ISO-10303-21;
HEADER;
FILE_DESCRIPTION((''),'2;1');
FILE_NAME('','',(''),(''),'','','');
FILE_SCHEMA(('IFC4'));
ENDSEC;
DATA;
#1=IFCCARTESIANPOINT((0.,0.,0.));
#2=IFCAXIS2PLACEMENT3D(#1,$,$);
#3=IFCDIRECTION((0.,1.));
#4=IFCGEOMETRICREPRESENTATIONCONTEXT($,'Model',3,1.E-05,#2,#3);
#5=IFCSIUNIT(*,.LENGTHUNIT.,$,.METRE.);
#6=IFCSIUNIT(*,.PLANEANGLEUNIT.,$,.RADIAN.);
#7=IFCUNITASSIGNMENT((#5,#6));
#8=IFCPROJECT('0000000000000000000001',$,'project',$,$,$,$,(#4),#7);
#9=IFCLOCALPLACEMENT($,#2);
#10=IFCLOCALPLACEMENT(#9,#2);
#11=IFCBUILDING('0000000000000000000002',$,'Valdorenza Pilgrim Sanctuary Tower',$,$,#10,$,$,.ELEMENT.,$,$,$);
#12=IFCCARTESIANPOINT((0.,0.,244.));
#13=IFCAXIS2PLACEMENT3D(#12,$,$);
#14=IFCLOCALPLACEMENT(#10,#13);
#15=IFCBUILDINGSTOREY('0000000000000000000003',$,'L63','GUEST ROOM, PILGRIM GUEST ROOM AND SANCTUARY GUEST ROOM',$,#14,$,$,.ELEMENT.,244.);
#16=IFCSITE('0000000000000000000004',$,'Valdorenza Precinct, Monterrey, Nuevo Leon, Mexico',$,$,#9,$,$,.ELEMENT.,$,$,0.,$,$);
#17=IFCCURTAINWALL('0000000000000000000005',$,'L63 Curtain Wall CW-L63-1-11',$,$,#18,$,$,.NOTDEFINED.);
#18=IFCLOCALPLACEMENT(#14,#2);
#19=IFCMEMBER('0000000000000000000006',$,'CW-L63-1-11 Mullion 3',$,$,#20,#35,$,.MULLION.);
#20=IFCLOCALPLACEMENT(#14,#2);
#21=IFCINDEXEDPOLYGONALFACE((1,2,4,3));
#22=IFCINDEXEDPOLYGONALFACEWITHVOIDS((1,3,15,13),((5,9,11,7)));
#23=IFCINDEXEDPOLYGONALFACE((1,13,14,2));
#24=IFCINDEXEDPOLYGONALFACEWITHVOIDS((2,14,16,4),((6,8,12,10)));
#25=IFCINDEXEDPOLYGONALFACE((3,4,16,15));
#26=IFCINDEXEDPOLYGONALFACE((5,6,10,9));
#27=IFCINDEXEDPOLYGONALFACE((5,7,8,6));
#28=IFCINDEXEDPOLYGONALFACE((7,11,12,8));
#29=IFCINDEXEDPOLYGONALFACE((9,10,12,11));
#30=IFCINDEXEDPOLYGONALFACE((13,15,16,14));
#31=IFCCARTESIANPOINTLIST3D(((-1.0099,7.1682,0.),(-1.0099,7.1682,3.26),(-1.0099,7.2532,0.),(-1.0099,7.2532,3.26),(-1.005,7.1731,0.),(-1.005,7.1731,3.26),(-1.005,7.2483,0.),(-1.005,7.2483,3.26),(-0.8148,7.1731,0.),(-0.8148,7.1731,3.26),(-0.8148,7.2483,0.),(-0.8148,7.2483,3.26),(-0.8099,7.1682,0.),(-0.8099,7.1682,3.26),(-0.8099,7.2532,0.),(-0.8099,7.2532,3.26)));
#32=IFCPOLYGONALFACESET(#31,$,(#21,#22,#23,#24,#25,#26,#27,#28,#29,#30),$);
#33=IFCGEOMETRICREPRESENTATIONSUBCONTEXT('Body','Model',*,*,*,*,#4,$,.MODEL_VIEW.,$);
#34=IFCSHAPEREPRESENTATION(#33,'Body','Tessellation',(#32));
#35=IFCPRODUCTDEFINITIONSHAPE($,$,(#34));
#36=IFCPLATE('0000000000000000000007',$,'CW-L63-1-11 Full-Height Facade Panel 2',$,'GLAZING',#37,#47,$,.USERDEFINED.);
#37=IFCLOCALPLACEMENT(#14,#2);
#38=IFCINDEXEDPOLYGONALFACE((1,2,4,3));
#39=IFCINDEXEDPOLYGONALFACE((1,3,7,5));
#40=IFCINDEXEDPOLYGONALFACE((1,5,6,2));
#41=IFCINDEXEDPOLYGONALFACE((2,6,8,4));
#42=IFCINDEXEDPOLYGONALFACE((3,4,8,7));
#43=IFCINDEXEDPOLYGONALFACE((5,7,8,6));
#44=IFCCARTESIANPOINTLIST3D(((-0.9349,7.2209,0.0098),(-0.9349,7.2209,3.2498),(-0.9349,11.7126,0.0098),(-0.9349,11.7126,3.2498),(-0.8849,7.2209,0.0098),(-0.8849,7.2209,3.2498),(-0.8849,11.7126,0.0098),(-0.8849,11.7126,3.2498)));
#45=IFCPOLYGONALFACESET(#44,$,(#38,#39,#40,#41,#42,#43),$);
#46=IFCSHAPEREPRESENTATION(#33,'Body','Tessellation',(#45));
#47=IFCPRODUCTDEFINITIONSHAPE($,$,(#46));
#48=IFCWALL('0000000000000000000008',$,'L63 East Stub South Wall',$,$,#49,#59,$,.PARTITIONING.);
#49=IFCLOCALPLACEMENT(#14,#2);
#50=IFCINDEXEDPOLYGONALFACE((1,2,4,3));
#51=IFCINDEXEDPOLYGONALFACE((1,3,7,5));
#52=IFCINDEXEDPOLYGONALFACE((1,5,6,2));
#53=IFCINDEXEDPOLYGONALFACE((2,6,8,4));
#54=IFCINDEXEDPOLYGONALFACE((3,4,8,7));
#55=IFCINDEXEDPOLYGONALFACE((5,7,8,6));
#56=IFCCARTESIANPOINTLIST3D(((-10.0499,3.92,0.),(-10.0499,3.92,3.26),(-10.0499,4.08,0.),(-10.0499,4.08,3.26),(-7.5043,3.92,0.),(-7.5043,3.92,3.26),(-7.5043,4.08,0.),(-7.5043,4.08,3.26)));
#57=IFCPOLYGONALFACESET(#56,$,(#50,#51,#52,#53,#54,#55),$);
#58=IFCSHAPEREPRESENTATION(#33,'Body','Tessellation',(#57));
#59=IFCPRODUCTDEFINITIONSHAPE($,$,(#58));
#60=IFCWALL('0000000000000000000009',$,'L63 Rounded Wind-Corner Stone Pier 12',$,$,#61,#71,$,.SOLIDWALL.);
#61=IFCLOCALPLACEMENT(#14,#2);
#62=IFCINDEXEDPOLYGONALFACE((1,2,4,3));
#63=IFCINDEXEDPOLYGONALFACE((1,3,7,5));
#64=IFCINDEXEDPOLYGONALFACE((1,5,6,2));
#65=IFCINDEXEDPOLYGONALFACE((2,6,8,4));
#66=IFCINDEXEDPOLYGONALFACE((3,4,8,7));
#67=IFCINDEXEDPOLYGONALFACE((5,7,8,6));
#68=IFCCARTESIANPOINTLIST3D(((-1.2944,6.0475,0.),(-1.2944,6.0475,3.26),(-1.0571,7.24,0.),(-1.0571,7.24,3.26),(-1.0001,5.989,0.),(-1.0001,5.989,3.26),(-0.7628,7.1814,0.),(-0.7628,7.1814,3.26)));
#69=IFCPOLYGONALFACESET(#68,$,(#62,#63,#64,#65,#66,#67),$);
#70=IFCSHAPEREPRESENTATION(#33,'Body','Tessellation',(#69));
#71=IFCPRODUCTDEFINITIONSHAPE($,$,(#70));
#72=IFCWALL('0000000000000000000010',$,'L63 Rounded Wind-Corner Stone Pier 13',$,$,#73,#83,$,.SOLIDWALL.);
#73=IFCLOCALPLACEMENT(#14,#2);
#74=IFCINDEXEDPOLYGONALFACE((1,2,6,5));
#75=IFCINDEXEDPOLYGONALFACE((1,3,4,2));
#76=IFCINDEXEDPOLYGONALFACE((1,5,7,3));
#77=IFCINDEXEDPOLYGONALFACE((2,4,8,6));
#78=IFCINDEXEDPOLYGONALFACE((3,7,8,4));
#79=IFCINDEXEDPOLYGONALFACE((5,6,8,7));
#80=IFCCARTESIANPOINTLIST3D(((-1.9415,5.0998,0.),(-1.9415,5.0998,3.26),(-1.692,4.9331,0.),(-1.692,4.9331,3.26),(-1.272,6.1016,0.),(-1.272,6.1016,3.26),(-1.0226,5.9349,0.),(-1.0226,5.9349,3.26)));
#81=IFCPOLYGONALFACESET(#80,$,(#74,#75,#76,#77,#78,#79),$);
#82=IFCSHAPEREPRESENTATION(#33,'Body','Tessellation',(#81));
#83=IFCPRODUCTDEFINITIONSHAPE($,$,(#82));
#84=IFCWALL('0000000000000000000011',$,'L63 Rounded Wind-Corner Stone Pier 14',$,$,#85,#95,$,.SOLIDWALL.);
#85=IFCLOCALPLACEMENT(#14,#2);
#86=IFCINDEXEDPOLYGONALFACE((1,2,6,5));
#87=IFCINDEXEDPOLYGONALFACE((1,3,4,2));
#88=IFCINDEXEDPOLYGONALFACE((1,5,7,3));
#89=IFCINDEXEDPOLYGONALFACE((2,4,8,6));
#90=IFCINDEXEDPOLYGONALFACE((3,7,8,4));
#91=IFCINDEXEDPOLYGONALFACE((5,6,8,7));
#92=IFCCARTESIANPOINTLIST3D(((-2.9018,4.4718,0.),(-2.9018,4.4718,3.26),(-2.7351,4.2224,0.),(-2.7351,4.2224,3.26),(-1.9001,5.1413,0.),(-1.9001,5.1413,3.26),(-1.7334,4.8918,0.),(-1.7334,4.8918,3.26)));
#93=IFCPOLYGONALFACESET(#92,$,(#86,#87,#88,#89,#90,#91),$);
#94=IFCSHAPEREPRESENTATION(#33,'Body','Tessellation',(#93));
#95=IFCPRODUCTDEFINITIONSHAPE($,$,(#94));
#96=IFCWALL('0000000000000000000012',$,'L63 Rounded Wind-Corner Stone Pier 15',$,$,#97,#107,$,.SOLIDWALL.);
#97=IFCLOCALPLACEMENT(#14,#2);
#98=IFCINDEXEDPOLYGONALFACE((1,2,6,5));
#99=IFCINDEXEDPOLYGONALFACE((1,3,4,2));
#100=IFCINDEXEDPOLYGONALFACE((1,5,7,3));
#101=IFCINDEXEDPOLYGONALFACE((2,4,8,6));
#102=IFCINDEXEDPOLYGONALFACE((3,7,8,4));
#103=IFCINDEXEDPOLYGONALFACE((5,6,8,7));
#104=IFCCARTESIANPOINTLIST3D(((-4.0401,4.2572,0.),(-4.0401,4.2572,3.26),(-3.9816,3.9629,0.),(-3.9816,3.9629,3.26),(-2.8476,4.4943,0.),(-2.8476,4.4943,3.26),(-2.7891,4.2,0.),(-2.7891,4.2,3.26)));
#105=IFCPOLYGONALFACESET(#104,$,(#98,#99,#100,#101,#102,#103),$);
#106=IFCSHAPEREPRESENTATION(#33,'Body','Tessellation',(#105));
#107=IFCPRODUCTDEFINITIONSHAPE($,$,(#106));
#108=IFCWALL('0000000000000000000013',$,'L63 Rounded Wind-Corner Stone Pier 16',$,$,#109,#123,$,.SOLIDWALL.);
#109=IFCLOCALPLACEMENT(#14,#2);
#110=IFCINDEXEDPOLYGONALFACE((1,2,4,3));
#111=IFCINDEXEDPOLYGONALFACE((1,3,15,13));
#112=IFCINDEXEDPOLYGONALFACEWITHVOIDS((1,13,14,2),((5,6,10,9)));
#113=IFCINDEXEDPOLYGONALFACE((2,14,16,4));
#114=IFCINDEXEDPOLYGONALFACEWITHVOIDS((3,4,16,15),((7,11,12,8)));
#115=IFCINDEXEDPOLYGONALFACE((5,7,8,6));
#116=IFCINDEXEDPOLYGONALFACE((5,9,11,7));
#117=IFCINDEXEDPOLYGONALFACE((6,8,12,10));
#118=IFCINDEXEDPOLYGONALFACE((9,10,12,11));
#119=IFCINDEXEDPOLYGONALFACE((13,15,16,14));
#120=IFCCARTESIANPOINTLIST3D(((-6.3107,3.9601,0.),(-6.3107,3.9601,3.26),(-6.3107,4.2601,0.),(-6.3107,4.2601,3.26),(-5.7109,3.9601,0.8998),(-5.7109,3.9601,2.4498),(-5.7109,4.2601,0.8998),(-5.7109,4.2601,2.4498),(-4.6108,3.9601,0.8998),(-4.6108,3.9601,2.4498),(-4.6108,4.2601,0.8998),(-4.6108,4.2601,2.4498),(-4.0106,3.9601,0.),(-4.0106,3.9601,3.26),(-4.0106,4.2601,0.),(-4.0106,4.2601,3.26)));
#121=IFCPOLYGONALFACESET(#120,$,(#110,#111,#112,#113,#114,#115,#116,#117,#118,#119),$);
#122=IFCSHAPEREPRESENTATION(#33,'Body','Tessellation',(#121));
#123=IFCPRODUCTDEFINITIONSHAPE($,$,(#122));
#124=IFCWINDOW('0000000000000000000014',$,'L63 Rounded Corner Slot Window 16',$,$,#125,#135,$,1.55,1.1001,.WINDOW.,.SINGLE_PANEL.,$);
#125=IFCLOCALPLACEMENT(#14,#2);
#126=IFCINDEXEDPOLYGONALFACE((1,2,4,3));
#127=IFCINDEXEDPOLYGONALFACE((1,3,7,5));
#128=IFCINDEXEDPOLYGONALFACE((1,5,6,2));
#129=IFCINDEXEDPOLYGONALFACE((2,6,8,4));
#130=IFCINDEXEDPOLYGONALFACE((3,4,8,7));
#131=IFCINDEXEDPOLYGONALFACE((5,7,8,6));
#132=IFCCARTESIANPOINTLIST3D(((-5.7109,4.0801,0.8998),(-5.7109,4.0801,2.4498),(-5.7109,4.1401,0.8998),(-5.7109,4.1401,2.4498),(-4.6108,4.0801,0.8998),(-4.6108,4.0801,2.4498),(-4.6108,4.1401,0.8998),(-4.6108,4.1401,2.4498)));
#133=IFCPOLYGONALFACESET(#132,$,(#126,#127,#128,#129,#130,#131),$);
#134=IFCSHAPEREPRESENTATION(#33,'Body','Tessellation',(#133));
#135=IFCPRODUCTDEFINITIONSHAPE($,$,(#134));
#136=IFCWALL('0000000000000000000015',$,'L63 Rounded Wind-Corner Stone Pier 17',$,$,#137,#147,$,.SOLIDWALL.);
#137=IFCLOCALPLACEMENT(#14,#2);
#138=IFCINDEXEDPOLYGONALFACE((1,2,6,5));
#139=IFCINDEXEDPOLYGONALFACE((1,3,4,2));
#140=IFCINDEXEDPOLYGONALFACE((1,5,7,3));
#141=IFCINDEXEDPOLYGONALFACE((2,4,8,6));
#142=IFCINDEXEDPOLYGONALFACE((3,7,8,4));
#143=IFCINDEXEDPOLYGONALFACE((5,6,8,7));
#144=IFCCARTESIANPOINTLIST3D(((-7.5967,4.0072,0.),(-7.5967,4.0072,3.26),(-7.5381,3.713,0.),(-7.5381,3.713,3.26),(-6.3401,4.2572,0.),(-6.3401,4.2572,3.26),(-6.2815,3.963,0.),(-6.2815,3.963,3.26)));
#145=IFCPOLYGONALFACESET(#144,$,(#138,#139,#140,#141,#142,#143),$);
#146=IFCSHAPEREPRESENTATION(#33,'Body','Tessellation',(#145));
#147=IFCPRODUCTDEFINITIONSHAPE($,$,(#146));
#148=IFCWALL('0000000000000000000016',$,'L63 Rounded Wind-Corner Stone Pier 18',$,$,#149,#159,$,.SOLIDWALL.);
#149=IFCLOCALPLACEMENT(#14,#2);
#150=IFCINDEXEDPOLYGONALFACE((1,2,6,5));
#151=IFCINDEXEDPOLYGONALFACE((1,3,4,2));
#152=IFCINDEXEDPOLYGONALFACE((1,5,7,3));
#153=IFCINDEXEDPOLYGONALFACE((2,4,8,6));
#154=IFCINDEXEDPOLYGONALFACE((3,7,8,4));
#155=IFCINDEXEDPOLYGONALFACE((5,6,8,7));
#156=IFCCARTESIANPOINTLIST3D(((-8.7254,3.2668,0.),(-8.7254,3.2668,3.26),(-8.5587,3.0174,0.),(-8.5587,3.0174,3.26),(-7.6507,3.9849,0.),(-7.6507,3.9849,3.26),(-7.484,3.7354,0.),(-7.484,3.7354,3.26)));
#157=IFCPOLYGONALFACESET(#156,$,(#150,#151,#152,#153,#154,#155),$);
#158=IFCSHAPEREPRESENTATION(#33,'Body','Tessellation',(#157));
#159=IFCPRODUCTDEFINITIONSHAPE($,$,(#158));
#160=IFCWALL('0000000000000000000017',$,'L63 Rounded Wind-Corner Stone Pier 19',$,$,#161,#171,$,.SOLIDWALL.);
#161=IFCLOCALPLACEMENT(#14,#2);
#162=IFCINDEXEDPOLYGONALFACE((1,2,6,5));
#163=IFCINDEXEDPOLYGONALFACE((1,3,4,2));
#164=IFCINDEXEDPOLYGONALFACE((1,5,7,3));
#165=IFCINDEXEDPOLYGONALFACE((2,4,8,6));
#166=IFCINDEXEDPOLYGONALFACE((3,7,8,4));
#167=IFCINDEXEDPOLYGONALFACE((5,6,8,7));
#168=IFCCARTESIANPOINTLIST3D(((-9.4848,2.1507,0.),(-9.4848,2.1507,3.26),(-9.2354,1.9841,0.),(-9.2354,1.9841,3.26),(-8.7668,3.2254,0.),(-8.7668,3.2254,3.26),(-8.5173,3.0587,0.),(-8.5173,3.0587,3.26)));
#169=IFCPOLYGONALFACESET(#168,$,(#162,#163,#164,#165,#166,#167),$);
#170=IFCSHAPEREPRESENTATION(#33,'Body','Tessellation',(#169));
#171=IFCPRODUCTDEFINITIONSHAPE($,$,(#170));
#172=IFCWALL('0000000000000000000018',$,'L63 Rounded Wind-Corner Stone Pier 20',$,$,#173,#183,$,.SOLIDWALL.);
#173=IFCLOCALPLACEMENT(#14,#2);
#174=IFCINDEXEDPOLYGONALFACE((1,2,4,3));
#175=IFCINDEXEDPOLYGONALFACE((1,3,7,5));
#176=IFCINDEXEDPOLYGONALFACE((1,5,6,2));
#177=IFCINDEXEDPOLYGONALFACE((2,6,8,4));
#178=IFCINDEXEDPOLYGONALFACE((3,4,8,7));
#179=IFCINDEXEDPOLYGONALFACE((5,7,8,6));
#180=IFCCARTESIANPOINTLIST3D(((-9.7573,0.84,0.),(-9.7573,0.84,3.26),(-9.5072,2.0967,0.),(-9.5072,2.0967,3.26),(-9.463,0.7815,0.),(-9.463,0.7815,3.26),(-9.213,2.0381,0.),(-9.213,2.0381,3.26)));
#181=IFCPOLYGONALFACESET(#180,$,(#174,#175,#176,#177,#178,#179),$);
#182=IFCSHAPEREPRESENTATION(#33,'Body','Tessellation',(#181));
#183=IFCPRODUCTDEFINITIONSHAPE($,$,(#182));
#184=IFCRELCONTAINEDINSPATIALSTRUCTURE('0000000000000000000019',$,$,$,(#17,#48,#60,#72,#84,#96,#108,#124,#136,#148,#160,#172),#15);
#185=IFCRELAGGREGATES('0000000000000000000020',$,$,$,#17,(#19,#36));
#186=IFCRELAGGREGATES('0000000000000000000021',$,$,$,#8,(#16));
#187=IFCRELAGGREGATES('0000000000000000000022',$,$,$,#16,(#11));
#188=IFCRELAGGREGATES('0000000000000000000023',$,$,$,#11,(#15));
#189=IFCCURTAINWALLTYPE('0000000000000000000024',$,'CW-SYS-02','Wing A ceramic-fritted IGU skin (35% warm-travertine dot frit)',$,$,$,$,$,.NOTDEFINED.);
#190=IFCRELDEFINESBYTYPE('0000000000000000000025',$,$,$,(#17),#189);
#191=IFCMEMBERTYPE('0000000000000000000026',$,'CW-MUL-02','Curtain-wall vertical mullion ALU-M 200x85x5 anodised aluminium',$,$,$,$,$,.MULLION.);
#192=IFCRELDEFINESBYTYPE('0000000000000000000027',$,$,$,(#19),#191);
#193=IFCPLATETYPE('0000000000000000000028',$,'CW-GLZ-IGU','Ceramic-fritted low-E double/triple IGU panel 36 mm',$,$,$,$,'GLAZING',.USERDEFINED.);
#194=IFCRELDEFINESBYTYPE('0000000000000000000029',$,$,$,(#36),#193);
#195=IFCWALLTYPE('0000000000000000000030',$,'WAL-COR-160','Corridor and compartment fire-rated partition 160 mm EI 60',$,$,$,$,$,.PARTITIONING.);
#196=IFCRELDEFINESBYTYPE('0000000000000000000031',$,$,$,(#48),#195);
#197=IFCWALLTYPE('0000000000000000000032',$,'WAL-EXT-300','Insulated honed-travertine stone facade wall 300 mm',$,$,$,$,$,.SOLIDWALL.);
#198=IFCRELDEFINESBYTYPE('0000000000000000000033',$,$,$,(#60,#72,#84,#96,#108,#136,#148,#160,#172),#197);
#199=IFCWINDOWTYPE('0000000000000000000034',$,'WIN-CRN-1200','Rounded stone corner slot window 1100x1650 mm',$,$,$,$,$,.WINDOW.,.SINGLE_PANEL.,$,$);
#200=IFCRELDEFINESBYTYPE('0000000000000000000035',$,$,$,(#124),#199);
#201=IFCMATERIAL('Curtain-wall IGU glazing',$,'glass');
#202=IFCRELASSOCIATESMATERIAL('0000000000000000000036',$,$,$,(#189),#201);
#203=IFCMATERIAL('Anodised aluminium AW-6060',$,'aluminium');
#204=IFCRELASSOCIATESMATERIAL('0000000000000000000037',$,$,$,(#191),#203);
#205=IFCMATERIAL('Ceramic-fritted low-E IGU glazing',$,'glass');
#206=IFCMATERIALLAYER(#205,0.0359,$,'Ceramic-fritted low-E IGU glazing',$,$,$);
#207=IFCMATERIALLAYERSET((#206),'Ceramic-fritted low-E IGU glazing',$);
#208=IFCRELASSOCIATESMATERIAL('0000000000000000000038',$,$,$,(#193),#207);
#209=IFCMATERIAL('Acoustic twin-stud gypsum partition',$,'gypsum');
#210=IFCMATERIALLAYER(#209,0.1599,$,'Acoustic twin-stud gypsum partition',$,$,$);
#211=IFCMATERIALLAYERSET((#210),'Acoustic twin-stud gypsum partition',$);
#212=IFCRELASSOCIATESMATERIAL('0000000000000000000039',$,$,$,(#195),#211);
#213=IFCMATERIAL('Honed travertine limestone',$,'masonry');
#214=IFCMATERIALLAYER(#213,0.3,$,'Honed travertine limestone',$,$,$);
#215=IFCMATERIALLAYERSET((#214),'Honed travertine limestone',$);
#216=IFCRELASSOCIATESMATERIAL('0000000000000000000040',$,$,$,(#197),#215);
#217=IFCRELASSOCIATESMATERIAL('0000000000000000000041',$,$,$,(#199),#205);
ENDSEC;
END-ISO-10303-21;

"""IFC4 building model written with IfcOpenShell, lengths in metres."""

from ifc_helpers import new_model, si_unit, direction, frame, frame_2d, origin, origin_2d, place, context, subcontext, project, spatial, rectangle, hollow_rectangle, extrude, source, transform, mapped, material, layer, layer_set, material_profile, profile_set, type_object, element, fill, aggregate, save


model = new_model("IFC4")

# Units and contexts
model_context = context("Model", 3, precision=1e-05, world=origin(), true_north=direction((0.0, 1.0)))
body_context = subcontext(model_context, "Body", "Model", "MODEL_VIEW")
ifc_project = project(units=[si_unit("LENGTHUNIT", "METRE"), si_unit("PLANEANGLEUNIT", "RADIAN")], contexts=[model_context])

# Site, building, storey
site_placement = place(None, origin())
site = spatial("IfcSite", under=ifc_project, at=site_placement, Name="Valdorenza Precinct, Monterrey, Nuevo Leon, Mexico", CompositionType="ELEMENT", RefElevation=0.0)
building_placement = place(site_placement, origin())
building = spatial("IfcBuilding", under=site, at=building_placement, Name="Valdorenza Pilgrim Sanctuary Tower", CompositionType="ELEMENT")
storey_placement = place(building_placement, frame((0.0, 0.0, 244.0)))
storey = spatial("IfcBuildingStorey", under=building, at=storey_placement, Name="L63", Description="GUEST ROOM, PILGRIM GUEST ROOM AND SANCTUARY GUEST ROOM", CompositionType="ELEMENT", Elevation=244.0)

# Curtain wall, member, plate
ifc_material_1 = material(Name="Curtain-wall IGU glazing", Category="glass")
curtain_wall_type = type_object("IfcCurtainWallType", Name="CW-SYS-02", Description="Wing A ceramic-fritted IGU skin (35% warm-travertine dot frit)", PredefinedType="NOTDEFINED", material=ifc_material_1)
curtain_wall_placement = place(storey_placement, origin())
curtain_wall = element("IfcCurtainWall", 1, at=curtain_wall_placement, inside=storey, type_object=curtain_wall_type, Name="L63 Curtain Wall CW-L63-1-11", PredefinedType="NOTDEFINED")
ifc_material_2 = material(Name="Anodised aluminium AW-6060", Category="aluminium")
ifc_material_profile = material_profile(ifc_material_2, hollow_rectangle(XDim=0.085, YDim=0.2, WallThickness=0.0049, at=origin_2d()), Name="ALU-M 200x85x5")
ifc_profile_set = profile_set([ifc_material_profile], Name="Anodised aluminium AW-6060")
member_type = type_object("IfcMemberType", Name="CW-MUL-02", Description="Curtain-wall vertical mullion ALU-M 200x85x5 anodised aluminium", PredefinedType="MULLION", material=ifc_profile_set)
shared_shape_1 = source(origin(), body_context, "Body", "SweptSolid", [
    extrude(hollow_rectangle(XDim=0.085, YDim=0.2, WallThickness=0.0049, at=origin_2d()), origin(), (0.0, 0.0, 1.0), 3.26),
])
member_placement = place(storey_placement, frame((-0.9099, 7.2107, 0.0), z_axis=(0.0, 0.0, 1.0), x_axis=(0.0, -1.0, 0.0)))
member = element("IfcMember", 2, at=member_placement, type_object=member_type, Name="CW-L63-1-11 Mullion 3", PredefinedType="MULLION", context=body_context, shape_type="MappedRepresentation", body=[
    mapped(shared_shape_1, transform((0.0, 0.0, 0.0), x_axis=(1.0, 0.0, 0.0), y_axis=(0.0, 1.0, 0.0), z_axis=(0.0, 0.0, 1.0), scale=1.0)),
])
ifc_material_3 = material(Name="Ceramic-fritted low-E IGU glazing", Category="glass")
ifc_layer_1 = layer(ifc_material_3, 0.0359, Name="Ceramic-fritted low-E IGU glazing")
ifc_layer_set_1 = layer_set([ifc_layer_1], Name="Ceramic-fritted low-E IGU glazing")
plate_type = type_object("IfcPlateType", Name="CW-GLZ-IGU", Description="Ceramic-fritted low-E double/triple IGU panel 36 mm", ElementType="GLAZING", PredefinedType="USERDEFINED", material=ifc_layer_set_1)
shared_shape_2 = source(origin(), body_context, "Body", "SweptSolid", [
    extrude(rectangle(XDim=4.4917, YDim=0.05, at=origin_2d()), origin(), (0.0, 0.0, 1.0), 3.24),
])
plate_placement = place(storey_placement, frame((-0.9099, 9.4668, 0.0098), z_axis=(0.0, 0.0, 1.0), x_axis=(0.0, -1.0, 0.0)))
plate = element("IfcPlate", 3, at=plate_placement, type_object=plate_type, Name="CW-L63-1-11 Full-Height Facade Panel 2", ObjectType="GLAZING", PredefinedType="USERDEFINED", context=body_context, shape_type="MappedRepresentation", body=[
    mapped(shared_shape_2, transform((0.0, 0.0, 0.0), x_axis=(1.0, 0.0, 0.0), y_axis=(0.0, 1.0, 0.0), z_axis=(0.0, 0.0, 1.0), scale=1.0)),
])
aggregate(curtain_wall, [member, plate])

# Shared definitions
ifc_material_4 = material(Name="Acoustic twin-stud gypsum partition", Category="gypsum")
ifc_layer_2 = layer(ifc_material_4, 0.1599, Name="Acoustic twin-stud gypsum partition")
ifc_layer_set_2 = layer_set([ifc_layer_2], Name="Acoustic twin-stud gypsum partition")
wall_type_1 = type_object("IfcWallType", Name="WAL-COR-160", Description="Corridor and compartment fire-rated partition 160 mm EI 60", PredefinedType="PARTITIONING", material=ifc_layer_set_2)

# Walls
wall_1_placement = place(storey_placement, frame((-10.05, 4.0, 0.0), z_axis=(0.0, 0.0, 1.0), x_axis=(1.0, 0.0, 0.0)))
element("IfcWall", 4, at=wall_1_placement, inside=storey, type_object=wall_type_1, Name="L63 East Stub South Wall", PredefinedType="PARTITIONING", context=body_context, shape_type="SweptSolid", body=[
    extrude(rectangle(XDim=2.5457, YDim=0.1599, at=frame_2d((1.2729, 0.0))), origin(), (0.0, 0.0, 1.0), 3.26),
])
ifc_material_5 = material(Name="Honed travertine limestone", Category="masonry")
ifc_layer_3 = layer(ifc_material_5, 0.3, Name="Honed travertine limestone")
ifc_layer_set_3 = layer_set([ifc_layer_3], Name="Honed travertine limestone")
wall_type_2 = type_object("IfcWallType", Name="WAL-EXT-300", Description="Insulated honed-travertine stone facade wall 300 mm", PredefinedType="SOLIDWALL", material=ifc_layer_set_3)
wall_2_placement = place(storey_placement, frame((-0.9099, 7.2107, 0.0), z_axis=(0.0, 0.0, 1.0), x_axis=(-0.195189, -0.980766, 0.0)))
element("IfcWall", 5, at=wall_2_placement, inside=storey, type_object=wall_type_2, Name="L63 Rounded Wind-Corner Stone Pier 12", PredefinedType="SOLIDWALL", context=body_context, shape_type="SweptSolid", body=[
    extrude(rectangle(XDim=1.2158, YDim=0.3, at=frame_2d((0.6079, 0.0))), origin(), (0.0, 0.0, 1.0), 3.26),
])
for number, where, z_axis, x_axis, name in (
    (6, (-1.1472, 6.0183, 0.0), (0.0, 0.0, 1.0), (-0.555635, -0.831426, 0.0), "L63 Rounded Wind-Corner Stone Pier 13"),
    (7, (-1.8167, 5.0166, 0.0), (0.0, 0.0, 1.0), (-0.831426, -0.555635, 0.0), "L63 Rounded Wind-Corner Stone Pier 14"),
):
    element("IfcWall", number, at=place(storey_placement, frame(where, z_axis=z_axis, x_axis=x_axis)), inside=storey, type_object=wall_type_2, Name=name, PredefinedType="SOLIDWALL", context=body_context, shape_type="SweptSolid", body=[
        extrude(rectangle(XDim=1.2048, YDim=0.3, at=frame_2d((0.6025, 0.0))), origin(), (0.0, 0.0, 1.0), 3.26),
    ])
wall_3_placement = place(storey_placement, frame((-2.8184, 4.3472, 0.0), z_axis=(0.0, 0.0, 1.0), x_axis=(-0.980804, -0.194996, 0.0)))
element("IfcWall", 8, at=wall_3_placement, inside=storey, type_object=wall_type_2, Name="L63 Rounded Wind-Corner Stone Pier 15", PredefinedType="SOLIDWALL", context=body_context, shape_type="SweptSolid", body=[
    extrude(rectangle(XDim=1.2158, YDim=0.3, at=frame_2d((0.6079, 0.0))), origin(), (0.0, 0.0, 1.0), 3.26),
])

# Wall, opening, window
wall_4_placement = place(storey_placement, frame((-4.0107, 4.1101, 0.0), z_axis=(0.0, 0.0, 1.0), x_axis=(-1.0, 0.0, 0.0)))
wall_4 = element("IfcWall", 9, at=wall_4_placement, inside=storey, type_object=wall_type_2, Name="L63 Rounded Wind-Corner Stone Pier 16", PredefinedType="SOLIDWALL", context=body_context, shape_type="SweptSolid", body=[
    extrude(rectangle(XDim=2.3, YDim=0.3, at=frame_2d((1.1499, 0.0))), origin(), (0.0, 0.0, 1.0), 3.26),
])
opening_1_placement = place(wall_4_placement, frame((0.6001, 0.0, 0.8999)))
opening_1 = element("IfcOpeningElement", 10, at=opening_1_placement, cuts=wall_4, PredefinedType="OPENING", context=body_context, shape_type="SweptSolid", body=[
    extrude(rectangle(XDim=1.1001, YDim=1.55, at=frame_2d((0.55, 0.7749))), frame((0.0, 0.165, 0.0), z_axis=(0.0, -1.0, 0.0), x_axis=(1.0, 0.0, 0.0)), (0.0, 0.0, 1.0), 0.3298),
])
window_type = type_object("IfcWindowType", Name="WIN-CRN-1200", Description="Rounded stone corner slot window 1100x1650 mm", PartitioningType="SINGLE_PANEL", PredefinedType="WINDOW", material=ifc_material_3)
window_placement = place(opening_1_placement, origin())
window = element("IfcWindow", 11, at=window_placement, inside=storey, type_object=window_type, Name="L63 Rounded Corner Slot Window 16", OverallHeight=1.55, OverallWidth=1.1001, PartitioningType="SINGLE_PANEL", PredefinedType="WINDOW", context=body_context, shape_type="SweptSolid", body=[
    extrude(rectangle(XDim=1.1001, YDim=1.55, at=frame_2d((0.55, 0.7749))), frame((0.0, 0.03, 0.0), z_axis=(0.0, -1.0, 0.0), x_axis=(1.0, 0.0, 0.0)), (0.0, 0.0, 1.0), 0.0601),
])
fill(opening_1, window)

# Walls
wall_5_placement = place(storey_placement, frame((-6.3108, 4.1101, 0.0), z_axis=(0.0, 0.0, 1.0), x_axis=(-0.980778, -0.195127, 0.0)))
element("IfcWall", 12, at=wall_5_placement, inside=storey, type_object=wall_type_2, Name="L63 Rounded Wind-Corner Stone Pier 17", PredefinedType="SOLIDWALL", context=body_context, shape_type="SweptSolid", body=[
    extrude(rectangle(XDim=1.2812, YDim=0.3, at=frame_2d((0.6406, 0.0))), origin(), (0.0, 0.0, 1.0), 3.26),
])
for number, where, z_axis, x_axis, name in (
    (13, (-7.5674, 3.8601, 0.0), (0.0, 0.0, 1.0), (-0.831498, -0.555528, 0.0), "L63 Rounded Wind-Corner Stone Pier 18"),
    (14, (-8.6421, 3.1421, 0.0), (0.0, 0.0, 1.0), (-0.555528, -0.831498, 0.0), "L63 Rounded Wind-Corner Stone Pier 19"),
):
    element("IfcWall", number, at=place(storey_placement, frame(where, z_axis=z_axis, x_axis=x_axis)), inside=storey, type_object=wall_type_2, Name=name, PredefinedType="SOLIDWALL", context=body_context, shape_type="SweptSolid", body=[
        extrude(rectangle(XDim=1.2925, YDim=0.3, at=frame_2d((0.6462, 0.0))), origin(), (0.0, 0.0, 1.0), 3.26),
    ])
wall_6_placement = place(storey_placement, frame((-9.3601, 2.0674, 0.0), z_axis=(0.0, 0.0, 1.0), x_axis=(-0.195127, -0.980778, 0.0)))
element("IfcWall", 15, at=wall_6_placement, inside=storey, type_object=wall_type_2, Name="L63 Rounded Wind-Corner Stone Pier 20", PredefinedType="SOLIDWALL", context=body_context, shape_type="SweptSolid", body=[
    extrude(rectangle(XDim=1.2812, YDim=0.3, at=frame_2d((0.6406, 0.0))), origin(), (0.0, 0.0, 1.0), 3.26),
])

save(model, "model.ifc")
